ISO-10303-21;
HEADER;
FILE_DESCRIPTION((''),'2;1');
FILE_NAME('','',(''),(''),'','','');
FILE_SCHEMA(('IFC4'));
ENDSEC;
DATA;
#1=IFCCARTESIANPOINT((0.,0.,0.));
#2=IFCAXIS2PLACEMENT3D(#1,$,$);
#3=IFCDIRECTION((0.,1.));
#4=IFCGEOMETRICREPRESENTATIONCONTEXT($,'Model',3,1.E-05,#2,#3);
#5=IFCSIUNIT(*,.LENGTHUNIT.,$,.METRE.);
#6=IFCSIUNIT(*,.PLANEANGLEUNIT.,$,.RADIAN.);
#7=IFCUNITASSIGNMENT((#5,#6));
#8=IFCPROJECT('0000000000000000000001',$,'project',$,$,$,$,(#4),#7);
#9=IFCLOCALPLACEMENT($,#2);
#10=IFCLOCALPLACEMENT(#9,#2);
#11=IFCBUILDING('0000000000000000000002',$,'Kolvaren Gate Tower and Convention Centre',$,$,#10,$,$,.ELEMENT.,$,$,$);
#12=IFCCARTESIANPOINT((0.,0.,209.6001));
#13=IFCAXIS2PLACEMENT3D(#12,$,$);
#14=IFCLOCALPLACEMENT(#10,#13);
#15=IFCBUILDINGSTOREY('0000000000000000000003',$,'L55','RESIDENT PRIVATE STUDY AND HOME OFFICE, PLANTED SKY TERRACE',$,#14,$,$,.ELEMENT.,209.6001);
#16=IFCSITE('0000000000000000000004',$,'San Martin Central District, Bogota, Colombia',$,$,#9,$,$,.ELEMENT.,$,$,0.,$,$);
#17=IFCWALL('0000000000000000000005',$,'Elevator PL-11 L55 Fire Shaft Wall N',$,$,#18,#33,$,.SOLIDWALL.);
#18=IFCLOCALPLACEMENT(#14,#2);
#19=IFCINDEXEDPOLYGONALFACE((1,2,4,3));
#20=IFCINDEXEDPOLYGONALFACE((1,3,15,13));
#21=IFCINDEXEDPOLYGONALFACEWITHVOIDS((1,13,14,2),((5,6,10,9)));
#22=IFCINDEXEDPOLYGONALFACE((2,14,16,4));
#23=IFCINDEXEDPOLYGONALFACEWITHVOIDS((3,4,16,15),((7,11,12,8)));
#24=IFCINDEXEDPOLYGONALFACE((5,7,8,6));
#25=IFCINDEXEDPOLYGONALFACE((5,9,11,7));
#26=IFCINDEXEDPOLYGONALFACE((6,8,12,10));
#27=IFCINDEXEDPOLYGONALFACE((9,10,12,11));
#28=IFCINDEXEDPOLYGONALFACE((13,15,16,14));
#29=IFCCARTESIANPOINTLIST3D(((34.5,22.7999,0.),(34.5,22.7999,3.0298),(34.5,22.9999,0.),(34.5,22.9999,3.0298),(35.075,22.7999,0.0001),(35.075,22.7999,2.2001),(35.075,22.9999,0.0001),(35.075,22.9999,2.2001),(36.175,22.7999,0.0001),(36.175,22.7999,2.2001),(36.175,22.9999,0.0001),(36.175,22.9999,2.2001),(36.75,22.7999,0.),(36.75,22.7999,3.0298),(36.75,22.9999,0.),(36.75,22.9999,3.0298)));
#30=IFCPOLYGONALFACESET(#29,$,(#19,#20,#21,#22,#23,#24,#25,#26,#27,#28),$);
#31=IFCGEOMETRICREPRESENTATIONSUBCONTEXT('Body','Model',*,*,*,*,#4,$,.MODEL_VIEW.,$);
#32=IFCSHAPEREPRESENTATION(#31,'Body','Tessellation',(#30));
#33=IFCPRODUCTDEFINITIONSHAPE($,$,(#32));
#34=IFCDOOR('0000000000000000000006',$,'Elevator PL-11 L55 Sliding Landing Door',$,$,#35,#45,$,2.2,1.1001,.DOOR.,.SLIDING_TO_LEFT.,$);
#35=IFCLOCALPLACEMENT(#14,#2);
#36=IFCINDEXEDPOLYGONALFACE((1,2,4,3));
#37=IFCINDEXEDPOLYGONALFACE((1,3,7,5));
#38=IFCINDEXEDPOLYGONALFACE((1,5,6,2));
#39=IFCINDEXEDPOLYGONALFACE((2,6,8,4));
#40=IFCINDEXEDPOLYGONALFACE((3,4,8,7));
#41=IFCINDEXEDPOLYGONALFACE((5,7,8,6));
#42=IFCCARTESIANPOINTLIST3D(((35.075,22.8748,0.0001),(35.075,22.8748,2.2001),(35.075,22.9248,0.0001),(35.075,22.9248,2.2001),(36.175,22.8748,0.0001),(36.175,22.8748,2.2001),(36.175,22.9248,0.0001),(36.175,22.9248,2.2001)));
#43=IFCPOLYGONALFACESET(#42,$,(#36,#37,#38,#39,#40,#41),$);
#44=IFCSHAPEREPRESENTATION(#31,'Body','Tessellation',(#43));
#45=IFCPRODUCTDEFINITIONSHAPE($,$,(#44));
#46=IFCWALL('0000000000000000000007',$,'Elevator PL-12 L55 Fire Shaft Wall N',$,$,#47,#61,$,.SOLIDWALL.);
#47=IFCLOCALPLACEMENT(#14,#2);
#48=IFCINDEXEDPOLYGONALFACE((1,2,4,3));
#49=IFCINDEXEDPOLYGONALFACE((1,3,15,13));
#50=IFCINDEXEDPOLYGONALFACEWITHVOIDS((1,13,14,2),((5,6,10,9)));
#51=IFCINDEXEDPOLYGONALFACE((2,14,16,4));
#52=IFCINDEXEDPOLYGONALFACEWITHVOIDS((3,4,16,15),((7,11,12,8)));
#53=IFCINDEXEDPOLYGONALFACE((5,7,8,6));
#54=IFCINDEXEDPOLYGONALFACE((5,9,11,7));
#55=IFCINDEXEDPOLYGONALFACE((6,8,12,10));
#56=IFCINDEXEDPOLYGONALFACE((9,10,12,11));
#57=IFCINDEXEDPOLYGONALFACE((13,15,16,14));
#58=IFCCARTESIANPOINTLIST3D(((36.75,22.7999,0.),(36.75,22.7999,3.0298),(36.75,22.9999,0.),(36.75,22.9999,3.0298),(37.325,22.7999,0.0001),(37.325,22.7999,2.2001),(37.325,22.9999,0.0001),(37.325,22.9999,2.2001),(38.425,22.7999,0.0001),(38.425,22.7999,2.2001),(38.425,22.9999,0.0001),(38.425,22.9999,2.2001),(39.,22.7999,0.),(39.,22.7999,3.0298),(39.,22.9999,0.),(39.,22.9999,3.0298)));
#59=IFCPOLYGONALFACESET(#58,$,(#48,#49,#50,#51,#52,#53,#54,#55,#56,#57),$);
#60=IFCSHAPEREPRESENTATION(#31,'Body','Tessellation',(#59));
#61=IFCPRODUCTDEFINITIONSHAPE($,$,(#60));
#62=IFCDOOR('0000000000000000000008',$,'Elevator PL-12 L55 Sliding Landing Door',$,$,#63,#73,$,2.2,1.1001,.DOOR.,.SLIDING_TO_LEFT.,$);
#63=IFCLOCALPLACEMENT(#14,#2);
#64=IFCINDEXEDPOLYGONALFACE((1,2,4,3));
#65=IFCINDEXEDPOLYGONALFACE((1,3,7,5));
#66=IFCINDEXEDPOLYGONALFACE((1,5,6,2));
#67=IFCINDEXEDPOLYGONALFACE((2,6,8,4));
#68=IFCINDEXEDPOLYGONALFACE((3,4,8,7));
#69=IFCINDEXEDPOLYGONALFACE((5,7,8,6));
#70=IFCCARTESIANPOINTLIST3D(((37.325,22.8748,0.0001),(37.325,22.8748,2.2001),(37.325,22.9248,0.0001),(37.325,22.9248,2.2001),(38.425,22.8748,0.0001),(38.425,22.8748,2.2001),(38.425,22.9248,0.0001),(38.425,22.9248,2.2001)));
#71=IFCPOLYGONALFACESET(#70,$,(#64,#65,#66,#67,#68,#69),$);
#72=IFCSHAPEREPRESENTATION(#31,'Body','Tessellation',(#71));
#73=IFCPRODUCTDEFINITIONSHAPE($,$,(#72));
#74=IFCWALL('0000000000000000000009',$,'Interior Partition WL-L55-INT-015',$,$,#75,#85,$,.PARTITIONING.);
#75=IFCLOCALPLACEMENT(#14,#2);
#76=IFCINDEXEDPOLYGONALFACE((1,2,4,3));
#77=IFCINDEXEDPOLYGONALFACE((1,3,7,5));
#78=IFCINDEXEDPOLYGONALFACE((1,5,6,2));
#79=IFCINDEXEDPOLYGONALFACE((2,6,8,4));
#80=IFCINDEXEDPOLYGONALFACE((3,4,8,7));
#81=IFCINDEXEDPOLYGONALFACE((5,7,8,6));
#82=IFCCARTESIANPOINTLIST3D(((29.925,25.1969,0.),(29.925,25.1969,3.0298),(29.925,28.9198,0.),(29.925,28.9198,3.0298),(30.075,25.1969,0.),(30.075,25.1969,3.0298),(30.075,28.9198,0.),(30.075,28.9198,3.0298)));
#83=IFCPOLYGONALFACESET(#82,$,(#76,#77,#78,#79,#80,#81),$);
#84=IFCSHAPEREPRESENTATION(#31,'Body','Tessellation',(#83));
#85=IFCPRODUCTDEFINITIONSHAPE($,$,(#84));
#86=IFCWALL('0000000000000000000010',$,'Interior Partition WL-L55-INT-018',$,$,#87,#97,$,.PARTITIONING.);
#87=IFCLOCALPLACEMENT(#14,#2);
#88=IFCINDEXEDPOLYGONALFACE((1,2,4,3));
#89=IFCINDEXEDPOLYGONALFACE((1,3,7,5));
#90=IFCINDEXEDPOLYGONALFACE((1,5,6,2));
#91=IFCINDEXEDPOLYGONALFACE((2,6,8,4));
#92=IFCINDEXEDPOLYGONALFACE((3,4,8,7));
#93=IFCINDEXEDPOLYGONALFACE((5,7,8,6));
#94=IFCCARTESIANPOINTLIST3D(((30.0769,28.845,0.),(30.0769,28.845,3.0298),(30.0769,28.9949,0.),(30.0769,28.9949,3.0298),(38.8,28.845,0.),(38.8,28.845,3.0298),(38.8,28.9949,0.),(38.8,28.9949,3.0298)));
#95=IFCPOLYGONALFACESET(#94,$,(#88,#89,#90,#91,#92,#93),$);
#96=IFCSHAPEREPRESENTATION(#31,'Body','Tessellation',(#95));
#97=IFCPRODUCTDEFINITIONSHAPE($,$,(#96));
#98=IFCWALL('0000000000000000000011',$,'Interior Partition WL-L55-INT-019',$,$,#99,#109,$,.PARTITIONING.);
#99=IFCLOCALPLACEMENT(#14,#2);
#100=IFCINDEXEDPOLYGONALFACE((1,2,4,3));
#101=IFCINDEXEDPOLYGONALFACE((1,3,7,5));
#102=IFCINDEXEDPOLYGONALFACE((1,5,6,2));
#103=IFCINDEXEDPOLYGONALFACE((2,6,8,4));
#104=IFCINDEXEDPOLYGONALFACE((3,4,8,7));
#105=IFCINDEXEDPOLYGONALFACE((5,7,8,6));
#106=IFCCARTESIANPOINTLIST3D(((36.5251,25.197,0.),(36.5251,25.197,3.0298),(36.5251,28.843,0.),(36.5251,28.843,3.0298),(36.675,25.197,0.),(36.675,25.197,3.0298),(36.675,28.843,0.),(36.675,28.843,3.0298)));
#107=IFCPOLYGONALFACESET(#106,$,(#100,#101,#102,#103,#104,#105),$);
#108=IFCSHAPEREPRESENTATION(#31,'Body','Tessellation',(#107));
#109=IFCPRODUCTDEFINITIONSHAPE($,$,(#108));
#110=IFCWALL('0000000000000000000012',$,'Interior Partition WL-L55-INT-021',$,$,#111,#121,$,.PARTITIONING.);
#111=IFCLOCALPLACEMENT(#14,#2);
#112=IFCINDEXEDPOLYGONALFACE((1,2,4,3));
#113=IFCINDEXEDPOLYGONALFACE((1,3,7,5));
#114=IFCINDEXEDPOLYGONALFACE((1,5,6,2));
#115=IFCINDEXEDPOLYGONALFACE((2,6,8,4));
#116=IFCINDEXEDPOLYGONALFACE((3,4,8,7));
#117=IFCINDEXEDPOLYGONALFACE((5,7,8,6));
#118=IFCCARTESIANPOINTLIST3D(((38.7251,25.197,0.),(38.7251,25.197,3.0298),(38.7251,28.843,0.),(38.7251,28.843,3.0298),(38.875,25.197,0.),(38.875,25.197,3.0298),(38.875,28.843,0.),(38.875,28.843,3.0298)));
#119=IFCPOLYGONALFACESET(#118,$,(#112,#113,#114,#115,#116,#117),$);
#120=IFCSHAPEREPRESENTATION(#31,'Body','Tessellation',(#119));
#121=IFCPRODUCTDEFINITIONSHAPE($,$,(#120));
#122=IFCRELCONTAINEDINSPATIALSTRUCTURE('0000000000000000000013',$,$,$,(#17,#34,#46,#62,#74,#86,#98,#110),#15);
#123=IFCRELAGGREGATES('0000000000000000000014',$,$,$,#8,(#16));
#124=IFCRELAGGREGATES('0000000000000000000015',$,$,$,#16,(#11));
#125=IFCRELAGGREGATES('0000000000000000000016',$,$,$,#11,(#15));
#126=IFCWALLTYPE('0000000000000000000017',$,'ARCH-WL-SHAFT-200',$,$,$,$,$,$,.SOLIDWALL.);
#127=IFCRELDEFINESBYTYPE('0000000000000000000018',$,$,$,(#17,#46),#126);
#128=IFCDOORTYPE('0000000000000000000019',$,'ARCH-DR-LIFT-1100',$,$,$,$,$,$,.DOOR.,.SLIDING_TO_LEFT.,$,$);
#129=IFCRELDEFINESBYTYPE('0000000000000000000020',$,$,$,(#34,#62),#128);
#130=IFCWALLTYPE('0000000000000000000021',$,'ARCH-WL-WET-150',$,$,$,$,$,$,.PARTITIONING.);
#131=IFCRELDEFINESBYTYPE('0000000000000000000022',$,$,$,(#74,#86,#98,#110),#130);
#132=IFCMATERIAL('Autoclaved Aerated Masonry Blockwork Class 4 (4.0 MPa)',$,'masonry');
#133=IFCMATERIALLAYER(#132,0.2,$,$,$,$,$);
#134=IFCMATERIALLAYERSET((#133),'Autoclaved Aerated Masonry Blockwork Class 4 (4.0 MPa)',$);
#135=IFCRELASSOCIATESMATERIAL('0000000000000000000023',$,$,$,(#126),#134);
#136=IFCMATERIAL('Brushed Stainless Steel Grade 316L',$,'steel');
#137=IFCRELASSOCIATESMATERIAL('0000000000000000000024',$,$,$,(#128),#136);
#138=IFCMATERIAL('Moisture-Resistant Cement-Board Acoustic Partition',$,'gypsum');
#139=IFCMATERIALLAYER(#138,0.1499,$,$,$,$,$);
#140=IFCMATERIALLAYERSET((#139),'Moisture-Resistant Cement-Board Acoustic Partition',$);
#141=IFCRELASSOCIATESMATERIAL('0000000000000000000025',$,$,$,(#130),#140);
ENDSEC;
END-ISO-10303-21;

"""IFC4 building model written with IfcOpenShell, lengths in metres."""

from ifc_helpers import new_model, si_unit, direction, frame, frame_2d, origin, place, context, subcontext, project, spatial, rectangle, extrude, material, layer, layer_set, type_object, element, fill, save


model = new_model("IFC4")

# Units and contexts
model_context = context("Model", 3, precision=1e-05, world=origin(), true_north=direction((0.0, 1.0)))
body_context = subcontext(model_context, "Body", "Model", "MODEL_VIEW")
ifc_project = project(units=[si_unit("LENGTHUNIT", "METRE"), si_unit("PLANEANGLEUNIT", "RADIAN")], contexts=[model_context])

# Site, building, storey
site_placement = place(None, origin())
site = spatial("IfcSite", under=ifc_project, at=site_placement, Name="San Martin Central District, Bogota, Colombia", CompositionType="ELEMENT", RefElevation=0.0)
building_placement = place(site_placement, origin())
building = spatial("IfcBuilding", under=site, at=building_placement, Name="Kolvaren Gate Tower and Convention Centre", CompositionType="ELEMENT")
storey_placement = place(building_placement, frame((0.0, 0.0, 209.6001)))
storey = spatial("IfcBuildingStorey", under=building, at=storey_placement, Name="L55", Description="RESIDENT PRIVATE STUDY AND HOME OFFICE, PLANTED SKY TERRACE", CompositionType="ELEMENT", Elevation=209.6001)

# Walls, openings, doors
ifc_material_1 = material(Name="Autoclaved Aerated Masonry Blockwork Class 4 (4.0 MPa)", Category="masonry")
ifc_layer_1 = layer(ifc_material_1, 0.2)
ifc_layer_set_1 = layer_set([ifc_layer_1], Name="Autoclaved Aerated Masonry Blockwork Class 4 (4.0 MPa)")
wall_type_1 = type_object("IfcWallType", Name="ARCH-WL-SHAFT-200", PredefinedType="SOLIDWALL", material=ifc_layer_set_1)
ifc_material_2 = material(Name="Brushed Stainless Steel Grade 316L", Category="steel")
door_type_1 = type_object("IfcDoorType", Name="ARCH-DR-LIFT-1100", OperationType="SLIDING_TO_LEFT", PredefinedType="DOOR", material=ifc_material_2)
wall_1_placement = place(storey_placement, frame((34.5, 22.8999, 0.0), z_axis=(0.0, 0.0, 1.0), x_axis=(1.0, 0.0, 0.0)))
wall_1 = element("IfcWall", 1, at=wall_1_placement, inside=storey, type_object=wall_type_1, Name="Elevator PL-11 L55 Fire Shaft Wall N", PredefinedType="SOLIDWALL", context=body_context, shape_type="SweptSolid", body=[
    extrude(rectangle(XDim=2.25, YDim=0.2, at=frame_2d((1.125, 0.0))), origin(), (0.0, 0.0, 1.0), 3.0298),
])
opening_1_placement = place(wall_1_placement, frame((0.575, 0.0, 0.0)))
opening_1 = element("IfcOpeningElement", 2, at=opening_1_placement, cuts=wall_1, PredefinedType="OPENING", context=body_context, shape_type="SweptSolid", body=[
    extrude(rectangle(XDim=1.1001, YDim=2.2, at=frame_2d((0.55, 1.1001))), frame((0.0, 0.1099, 0.0), z_axis=(0.0, -1.0, 0.0), x_axis=(1.0, 0.0, 0.0)), (0.0, 0.0, 1.0), 0.22),
])
door_1_placement = place(opening_1_placement, origin())
door_1 = element("IfcDoor", 3, at=door_1_placement, inside=storey, type_object=door_type_1, Name="Elevator PL-11 L55 Sliding Landing Door", OperationType="SLIDING_TO_LEFT", OverallHeight=2.2, OverallWidth=1.1001, PredefinedType="DOOR", context=body_context, shape_type="SweptSolid", body=[
    extrude(rectangle(XDim=1.1001, YDim=2.2, at=frame_2d((0.55, 1.1001))), frame((0.0, 0.0249, 0.0), z_axis=(0.0, -1.0, 0.0), x_axis=(1.0, 0.0, 0.0)), (0.0, 0.0, 1.0), 0.05),
])
fill(opening_1, door_1)
wall_2_placement = place(storey_placement, frame((36.75, 22.8999, 0.0), z_axis=(0.0, 0.0, 1.0), x_axis=(1.0, 0.0, 0.0)))
wall_2 = element("IfcWall", 4, at=wall_2_placement, inside=storey, type_object=wall_type_1, Name="Elevator PL-12 L55 Fire Shaft Wall N", PredefinedType="SOLIDWALL", context=body_context, shape_type="SweptSolid", body=[
    extrude(rectangle(XDim=2.25, YDim=0.2, at=frame_2d((1.125, 0.0))), origin(), (0.0, 0.0, 1.0), 3.0298),
])
opening_2_placement = place(wall_2_placement, frame((0.575, 0.0, 0.0)))
opening_2 = element("IfcOpeningElement", 5, at=opening_2_placement, cuts=wall_2, PredefinedType="OPENING", context=body_context, shape_type="SweptSolid", body=[
    extrude(rectangle(XDim=1.1001, YDim=2.2, at=frame_2d((0.55, 1.1001))), frame((0.0, 0.1099, 0.0), z_axis=(0.0, -1.0, 0.0), x_axis=(1.0, 0.0, 0.0)), (0.0, 0.0, 1.0), 0.22),
])
door_2_placement = place(opening_2_placement, origin())
door_2 = element("IfcDoor", 6, at=door_2_placement, inside=storey, type_object=door_type_1, Name="Elevator PL-12 L55 Sliding Landing Door", OperationType="SLIDING_TO_LEFT", OverallHeight=2.2, OverallWidth=1.1001, PredefinedType="DOOR", context=body_context, shape_type="SweptSolid", body=[
    extrude(rectangle(XDim=1.1001, YDim=2.2, at=frame_2d((0.55, 1.1001))), frame((0.0, 0.0249, 0.0), z_axis=(0.0, -1.0, 0.0), x_axis=(1.0, 0.0, 0.0)), (0.0, 0.0, 1.0), 0.05),
])
fill(opening_2, door_2)

# Walls
ifc_material_3 = material(Name="Moisture-Resistant Cement-Board Acoustic Partition", Category="gypsum")
ifc_layer_2 = layer(ifc_material_3, 0.1499)
ifc_layer_set_2 = layer_set([ifc_layer_2], Name="Moisture-Resistant Cement-Board Acoustic Partition")
wall_type_2 = type_object("IfcWallType", Name="ARCH-WL-WET-150", PredefinedType="PARTITIONING", material=ifc_layer_set_2)
wall_3_placement = place(storey_placement, frame((30.0, 25.197, 0.0), z_axis=(0.0, 0.0, 1.0), x_axis=(0.0, 1.0, 0.0)))
element("IfcWall", 7, at=wall_3_placement, inside=storey, type_object=wall_type_2, Name="Interior Partition WL-L55-INT-015", PredefinedType="PARTITIONING", context=body_context, shape_type="SweptSolid", body=[
    extrude(rectangle(XDim=3.7229, YDim=0.1499, at=frame_2d((1.8613, 0.0))), origin(), (0.0, 0.0, 1.0), 3.0298),
])
wall_4_placement = place(storey_placement, frame((30.0769, 28.9199, 0.0), z_axis=(0.0, 0.0, 1.0), x_axis=(1.0, 0.0, 0.0)))
element("IfcWall", 8, at=wall_4_placement, inside=storey, type_object=wall_type_2, Name="Interior Partition WL-L55-INT-018", PredefinedType="PARTITIONING", context=body_context, shape_type="SweptSolid", body=[
    extrude(rectangle(XDim=8.7231, YDim=0.1499, at=frame_2d((4.3616, 0.0))), origin(), (0.0, 0.0, 1.0), 3.0298),
])
for number, where, z_axis, x_axis, name in (
    (9, (36.6001, 25.197, 0.0), (0.0, 0.0, 1.0), (0.0, 1.0, 0.0), "Interior Partition WL-L55-INT-019"),
    (10, (38.8, 25.197, 0.0), (0.0, 0.0, 1.0), (0.0, 1.0, 0.0), "Interior Partition WL-L55-INT-021"),
):
    element("IfcWall", number, at=place(storey_placement, frame(where, z_axis=z_axis, x_axis=x_axis)), inside=storey, type_object=wall_type_2, Name=name, PredefinedType="PARTITIONING", context=body_context, shape_type="SweptSolid", body=[
        extrude(rectangle(XDim=3.646, YDim=0.1499, at=frame_2d((1.823, 0.0))), origin(), (0.0, 0.0, 1.0), 3.0298),
    ])

save(model, "model.ifc")
